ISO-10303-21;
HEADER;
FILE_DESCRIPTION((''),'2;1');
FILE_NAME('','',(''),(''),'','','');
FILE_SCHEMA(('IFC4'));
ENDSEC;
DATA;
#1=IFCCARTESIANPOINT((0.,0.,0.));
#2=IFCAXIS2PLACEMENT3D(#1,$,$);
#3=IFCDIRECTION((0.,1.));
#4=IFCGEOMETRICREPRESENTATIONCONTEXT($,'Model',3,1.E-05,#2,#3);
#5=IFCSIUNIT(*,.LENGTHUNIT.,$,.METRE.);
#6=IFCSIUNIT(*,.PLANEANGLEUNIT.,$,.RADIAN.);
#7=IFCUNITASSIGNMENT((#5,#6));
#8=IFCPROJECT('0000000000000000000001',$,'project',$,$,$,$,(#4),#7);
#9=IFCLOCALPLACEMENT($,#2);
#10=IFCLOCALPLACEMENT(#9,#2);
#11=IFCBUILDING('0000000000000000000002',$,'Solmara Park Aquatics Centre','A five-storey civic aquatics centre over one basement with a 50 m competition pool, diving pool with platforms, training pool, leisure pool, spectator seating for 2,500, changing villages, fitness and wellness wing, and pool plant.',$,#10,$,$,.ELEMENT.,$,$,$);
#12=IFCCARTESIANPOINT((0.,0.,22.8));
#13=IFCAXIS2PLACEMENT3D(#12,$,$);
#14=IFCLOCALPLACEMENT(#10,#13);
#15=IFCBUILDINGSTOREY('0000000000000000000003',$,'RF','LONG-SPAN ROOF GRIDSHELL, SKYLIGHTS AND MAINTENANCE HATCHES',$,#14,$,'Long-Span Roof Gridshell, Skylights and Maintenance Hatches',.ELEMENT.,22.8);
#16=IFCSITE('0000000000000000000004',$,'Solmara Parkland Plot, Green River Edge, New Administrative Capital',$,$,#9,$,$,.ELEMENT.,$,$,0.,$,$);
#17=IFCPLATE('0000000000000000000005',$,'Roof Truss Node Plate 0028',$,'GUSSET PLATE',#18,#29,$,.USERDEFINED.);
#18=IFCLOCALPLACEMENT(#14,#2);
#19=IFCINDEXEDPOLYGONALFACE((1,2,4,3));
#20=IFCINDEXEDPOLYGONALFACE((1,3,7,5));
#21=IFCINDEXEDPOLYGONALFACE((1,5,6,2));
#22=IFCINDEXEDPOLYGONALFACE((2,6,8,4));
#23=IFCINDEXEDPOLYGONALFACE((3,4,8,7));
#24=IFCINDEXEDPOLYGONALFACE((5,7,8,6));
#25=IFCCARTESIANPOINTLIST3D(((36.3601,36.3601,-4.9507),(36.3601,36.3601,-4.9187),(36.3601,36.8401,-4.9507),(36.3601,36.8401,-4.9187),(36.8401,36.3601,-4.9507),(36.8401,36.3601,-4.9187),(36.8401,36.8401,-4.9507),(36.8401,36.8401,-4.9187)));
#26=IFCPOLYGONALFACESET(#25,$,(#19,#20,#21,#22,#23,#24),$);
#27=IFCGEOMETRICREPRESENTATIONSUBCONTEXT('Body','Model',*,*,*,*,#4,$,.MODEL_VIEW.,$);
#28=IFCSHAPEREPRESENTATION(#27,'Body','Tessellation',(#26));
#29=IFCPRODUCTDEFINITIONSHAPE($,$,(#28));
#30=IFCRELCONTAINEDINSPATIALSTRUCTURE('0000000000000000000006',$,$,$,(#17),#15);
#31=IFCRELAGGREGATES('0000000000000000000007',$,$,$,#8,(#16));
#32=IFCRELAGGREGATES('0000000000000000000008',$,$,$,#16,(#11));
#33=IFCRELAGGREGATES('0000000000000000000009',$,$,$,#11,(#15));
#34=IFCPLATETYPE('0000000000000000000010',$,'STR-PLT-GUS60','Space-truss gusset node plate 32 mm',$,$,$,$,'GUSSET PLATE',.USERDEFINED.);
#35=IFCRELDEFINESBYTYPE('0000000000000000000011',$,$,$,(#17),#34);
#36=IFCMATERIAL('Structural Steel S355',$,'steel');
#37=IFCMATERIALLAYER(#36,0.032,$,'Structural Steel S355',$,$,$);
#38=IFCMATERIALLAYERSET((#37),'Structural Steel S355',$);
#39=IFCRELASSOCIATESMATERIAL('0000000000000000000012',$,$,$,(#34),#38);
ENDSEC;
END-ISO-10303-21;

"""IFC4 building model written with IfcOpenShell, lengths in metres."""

from ifc_helpers import new_model, si_unit, direction, frame, origin, origin_2d, place, context, subcontext, project, spatial, rectangle, extrude, material, layer, layer_set, type_object, element, save


model = new_model("IFC4")

# Units and contexts
model_context = context("Model", 3, precision=1e-05, world=origin(), true_north=direction((0.0, 1.0)))
body_context = subcontext(model_context, "Body", "Model", "MODEL_VIEW")
ifc_project = project(units=[si_unit("LENGTHUNIT", "METRE"), si_unit("PLANEANGLEUNIT", "RADIAN")], contexts=[model_context])

# Site, building, storey
site_placement = place(None, origin())
site = spatial("IfcSite", under=ifc_project, at=site_placement, Name="Solmara Parkland Plot, Green River Edge, New Administrative Capital", CompositionType="ELEMENT", RefElevation=0.0)
building_placement = place(site_placement, origin())
building = spatial("IfcBuilding", under=site, at=building_placement, Name="Solmara Park Aquatics Centre", Description="A five-storey civic aquatics centre over one basement with a 50 m competition pool, diving pool with platforms, training pool, leisure pool, spectator seating for 2,500, changing villages, fitness and wellness wing, and pool plant.", CompositionType="ELEMENT")
storey_placement = place(building_placement, frame((0.0, 0.0, 22.8)))
storey = spatial("IfcBuildingStorey", under=building, at=storey_placement, Name="RF", Description="LONG-SPAN ROOF GRIDSHELL, SKYLIGHTS AND MAINTENANCE HATCHES", LongName="Long-Span Roof Gridshell, Skylights and Maintenance Hatches", CompositionType="ELEMENT", Elevation=22.8)

# Shared definitions
ifc_material_1 = material(Name="Structural Steel S355", Category="steel")

# Plate
ifc_layer = layer(ifc_material_1, 0.032, Name="Structural Steel S355")
ifc_layer_set = layer_set([ifc_layer], Name="Structural Steel S355")
plate_type = type_object("IfcPlateType", Name="STR-PLT-GUS60", Description="Space-truss gusset node plate 32 mm", ElementType="GUSSET PLATE", PredefinedType="USERDEFINED", material=ifc_layer_set)
plate_placement = place(storey_placement, frame((36.6001, 36.6001, -4.9507), z_axis=(0.0, 0.0, 1.0), x_axis=(1.0, 0.0, 0.0)))
element("IfcPlate", 1, at=plate_placement, inside=storey, type_object=plate_type, Name="Roof Truss Node Plate 0028", ObjectType="GUSSET PLATE", PredefinedType="USERDEFINED", context=body_context, shape_type="SweptSolid", body=[
    extrude(rectangle(XDim=0.48, YDim=0.48, at=origin_2d()), origin(), (0.0, 0.0, 1.0), 0.032),
])

save(model, "model.ifc")
